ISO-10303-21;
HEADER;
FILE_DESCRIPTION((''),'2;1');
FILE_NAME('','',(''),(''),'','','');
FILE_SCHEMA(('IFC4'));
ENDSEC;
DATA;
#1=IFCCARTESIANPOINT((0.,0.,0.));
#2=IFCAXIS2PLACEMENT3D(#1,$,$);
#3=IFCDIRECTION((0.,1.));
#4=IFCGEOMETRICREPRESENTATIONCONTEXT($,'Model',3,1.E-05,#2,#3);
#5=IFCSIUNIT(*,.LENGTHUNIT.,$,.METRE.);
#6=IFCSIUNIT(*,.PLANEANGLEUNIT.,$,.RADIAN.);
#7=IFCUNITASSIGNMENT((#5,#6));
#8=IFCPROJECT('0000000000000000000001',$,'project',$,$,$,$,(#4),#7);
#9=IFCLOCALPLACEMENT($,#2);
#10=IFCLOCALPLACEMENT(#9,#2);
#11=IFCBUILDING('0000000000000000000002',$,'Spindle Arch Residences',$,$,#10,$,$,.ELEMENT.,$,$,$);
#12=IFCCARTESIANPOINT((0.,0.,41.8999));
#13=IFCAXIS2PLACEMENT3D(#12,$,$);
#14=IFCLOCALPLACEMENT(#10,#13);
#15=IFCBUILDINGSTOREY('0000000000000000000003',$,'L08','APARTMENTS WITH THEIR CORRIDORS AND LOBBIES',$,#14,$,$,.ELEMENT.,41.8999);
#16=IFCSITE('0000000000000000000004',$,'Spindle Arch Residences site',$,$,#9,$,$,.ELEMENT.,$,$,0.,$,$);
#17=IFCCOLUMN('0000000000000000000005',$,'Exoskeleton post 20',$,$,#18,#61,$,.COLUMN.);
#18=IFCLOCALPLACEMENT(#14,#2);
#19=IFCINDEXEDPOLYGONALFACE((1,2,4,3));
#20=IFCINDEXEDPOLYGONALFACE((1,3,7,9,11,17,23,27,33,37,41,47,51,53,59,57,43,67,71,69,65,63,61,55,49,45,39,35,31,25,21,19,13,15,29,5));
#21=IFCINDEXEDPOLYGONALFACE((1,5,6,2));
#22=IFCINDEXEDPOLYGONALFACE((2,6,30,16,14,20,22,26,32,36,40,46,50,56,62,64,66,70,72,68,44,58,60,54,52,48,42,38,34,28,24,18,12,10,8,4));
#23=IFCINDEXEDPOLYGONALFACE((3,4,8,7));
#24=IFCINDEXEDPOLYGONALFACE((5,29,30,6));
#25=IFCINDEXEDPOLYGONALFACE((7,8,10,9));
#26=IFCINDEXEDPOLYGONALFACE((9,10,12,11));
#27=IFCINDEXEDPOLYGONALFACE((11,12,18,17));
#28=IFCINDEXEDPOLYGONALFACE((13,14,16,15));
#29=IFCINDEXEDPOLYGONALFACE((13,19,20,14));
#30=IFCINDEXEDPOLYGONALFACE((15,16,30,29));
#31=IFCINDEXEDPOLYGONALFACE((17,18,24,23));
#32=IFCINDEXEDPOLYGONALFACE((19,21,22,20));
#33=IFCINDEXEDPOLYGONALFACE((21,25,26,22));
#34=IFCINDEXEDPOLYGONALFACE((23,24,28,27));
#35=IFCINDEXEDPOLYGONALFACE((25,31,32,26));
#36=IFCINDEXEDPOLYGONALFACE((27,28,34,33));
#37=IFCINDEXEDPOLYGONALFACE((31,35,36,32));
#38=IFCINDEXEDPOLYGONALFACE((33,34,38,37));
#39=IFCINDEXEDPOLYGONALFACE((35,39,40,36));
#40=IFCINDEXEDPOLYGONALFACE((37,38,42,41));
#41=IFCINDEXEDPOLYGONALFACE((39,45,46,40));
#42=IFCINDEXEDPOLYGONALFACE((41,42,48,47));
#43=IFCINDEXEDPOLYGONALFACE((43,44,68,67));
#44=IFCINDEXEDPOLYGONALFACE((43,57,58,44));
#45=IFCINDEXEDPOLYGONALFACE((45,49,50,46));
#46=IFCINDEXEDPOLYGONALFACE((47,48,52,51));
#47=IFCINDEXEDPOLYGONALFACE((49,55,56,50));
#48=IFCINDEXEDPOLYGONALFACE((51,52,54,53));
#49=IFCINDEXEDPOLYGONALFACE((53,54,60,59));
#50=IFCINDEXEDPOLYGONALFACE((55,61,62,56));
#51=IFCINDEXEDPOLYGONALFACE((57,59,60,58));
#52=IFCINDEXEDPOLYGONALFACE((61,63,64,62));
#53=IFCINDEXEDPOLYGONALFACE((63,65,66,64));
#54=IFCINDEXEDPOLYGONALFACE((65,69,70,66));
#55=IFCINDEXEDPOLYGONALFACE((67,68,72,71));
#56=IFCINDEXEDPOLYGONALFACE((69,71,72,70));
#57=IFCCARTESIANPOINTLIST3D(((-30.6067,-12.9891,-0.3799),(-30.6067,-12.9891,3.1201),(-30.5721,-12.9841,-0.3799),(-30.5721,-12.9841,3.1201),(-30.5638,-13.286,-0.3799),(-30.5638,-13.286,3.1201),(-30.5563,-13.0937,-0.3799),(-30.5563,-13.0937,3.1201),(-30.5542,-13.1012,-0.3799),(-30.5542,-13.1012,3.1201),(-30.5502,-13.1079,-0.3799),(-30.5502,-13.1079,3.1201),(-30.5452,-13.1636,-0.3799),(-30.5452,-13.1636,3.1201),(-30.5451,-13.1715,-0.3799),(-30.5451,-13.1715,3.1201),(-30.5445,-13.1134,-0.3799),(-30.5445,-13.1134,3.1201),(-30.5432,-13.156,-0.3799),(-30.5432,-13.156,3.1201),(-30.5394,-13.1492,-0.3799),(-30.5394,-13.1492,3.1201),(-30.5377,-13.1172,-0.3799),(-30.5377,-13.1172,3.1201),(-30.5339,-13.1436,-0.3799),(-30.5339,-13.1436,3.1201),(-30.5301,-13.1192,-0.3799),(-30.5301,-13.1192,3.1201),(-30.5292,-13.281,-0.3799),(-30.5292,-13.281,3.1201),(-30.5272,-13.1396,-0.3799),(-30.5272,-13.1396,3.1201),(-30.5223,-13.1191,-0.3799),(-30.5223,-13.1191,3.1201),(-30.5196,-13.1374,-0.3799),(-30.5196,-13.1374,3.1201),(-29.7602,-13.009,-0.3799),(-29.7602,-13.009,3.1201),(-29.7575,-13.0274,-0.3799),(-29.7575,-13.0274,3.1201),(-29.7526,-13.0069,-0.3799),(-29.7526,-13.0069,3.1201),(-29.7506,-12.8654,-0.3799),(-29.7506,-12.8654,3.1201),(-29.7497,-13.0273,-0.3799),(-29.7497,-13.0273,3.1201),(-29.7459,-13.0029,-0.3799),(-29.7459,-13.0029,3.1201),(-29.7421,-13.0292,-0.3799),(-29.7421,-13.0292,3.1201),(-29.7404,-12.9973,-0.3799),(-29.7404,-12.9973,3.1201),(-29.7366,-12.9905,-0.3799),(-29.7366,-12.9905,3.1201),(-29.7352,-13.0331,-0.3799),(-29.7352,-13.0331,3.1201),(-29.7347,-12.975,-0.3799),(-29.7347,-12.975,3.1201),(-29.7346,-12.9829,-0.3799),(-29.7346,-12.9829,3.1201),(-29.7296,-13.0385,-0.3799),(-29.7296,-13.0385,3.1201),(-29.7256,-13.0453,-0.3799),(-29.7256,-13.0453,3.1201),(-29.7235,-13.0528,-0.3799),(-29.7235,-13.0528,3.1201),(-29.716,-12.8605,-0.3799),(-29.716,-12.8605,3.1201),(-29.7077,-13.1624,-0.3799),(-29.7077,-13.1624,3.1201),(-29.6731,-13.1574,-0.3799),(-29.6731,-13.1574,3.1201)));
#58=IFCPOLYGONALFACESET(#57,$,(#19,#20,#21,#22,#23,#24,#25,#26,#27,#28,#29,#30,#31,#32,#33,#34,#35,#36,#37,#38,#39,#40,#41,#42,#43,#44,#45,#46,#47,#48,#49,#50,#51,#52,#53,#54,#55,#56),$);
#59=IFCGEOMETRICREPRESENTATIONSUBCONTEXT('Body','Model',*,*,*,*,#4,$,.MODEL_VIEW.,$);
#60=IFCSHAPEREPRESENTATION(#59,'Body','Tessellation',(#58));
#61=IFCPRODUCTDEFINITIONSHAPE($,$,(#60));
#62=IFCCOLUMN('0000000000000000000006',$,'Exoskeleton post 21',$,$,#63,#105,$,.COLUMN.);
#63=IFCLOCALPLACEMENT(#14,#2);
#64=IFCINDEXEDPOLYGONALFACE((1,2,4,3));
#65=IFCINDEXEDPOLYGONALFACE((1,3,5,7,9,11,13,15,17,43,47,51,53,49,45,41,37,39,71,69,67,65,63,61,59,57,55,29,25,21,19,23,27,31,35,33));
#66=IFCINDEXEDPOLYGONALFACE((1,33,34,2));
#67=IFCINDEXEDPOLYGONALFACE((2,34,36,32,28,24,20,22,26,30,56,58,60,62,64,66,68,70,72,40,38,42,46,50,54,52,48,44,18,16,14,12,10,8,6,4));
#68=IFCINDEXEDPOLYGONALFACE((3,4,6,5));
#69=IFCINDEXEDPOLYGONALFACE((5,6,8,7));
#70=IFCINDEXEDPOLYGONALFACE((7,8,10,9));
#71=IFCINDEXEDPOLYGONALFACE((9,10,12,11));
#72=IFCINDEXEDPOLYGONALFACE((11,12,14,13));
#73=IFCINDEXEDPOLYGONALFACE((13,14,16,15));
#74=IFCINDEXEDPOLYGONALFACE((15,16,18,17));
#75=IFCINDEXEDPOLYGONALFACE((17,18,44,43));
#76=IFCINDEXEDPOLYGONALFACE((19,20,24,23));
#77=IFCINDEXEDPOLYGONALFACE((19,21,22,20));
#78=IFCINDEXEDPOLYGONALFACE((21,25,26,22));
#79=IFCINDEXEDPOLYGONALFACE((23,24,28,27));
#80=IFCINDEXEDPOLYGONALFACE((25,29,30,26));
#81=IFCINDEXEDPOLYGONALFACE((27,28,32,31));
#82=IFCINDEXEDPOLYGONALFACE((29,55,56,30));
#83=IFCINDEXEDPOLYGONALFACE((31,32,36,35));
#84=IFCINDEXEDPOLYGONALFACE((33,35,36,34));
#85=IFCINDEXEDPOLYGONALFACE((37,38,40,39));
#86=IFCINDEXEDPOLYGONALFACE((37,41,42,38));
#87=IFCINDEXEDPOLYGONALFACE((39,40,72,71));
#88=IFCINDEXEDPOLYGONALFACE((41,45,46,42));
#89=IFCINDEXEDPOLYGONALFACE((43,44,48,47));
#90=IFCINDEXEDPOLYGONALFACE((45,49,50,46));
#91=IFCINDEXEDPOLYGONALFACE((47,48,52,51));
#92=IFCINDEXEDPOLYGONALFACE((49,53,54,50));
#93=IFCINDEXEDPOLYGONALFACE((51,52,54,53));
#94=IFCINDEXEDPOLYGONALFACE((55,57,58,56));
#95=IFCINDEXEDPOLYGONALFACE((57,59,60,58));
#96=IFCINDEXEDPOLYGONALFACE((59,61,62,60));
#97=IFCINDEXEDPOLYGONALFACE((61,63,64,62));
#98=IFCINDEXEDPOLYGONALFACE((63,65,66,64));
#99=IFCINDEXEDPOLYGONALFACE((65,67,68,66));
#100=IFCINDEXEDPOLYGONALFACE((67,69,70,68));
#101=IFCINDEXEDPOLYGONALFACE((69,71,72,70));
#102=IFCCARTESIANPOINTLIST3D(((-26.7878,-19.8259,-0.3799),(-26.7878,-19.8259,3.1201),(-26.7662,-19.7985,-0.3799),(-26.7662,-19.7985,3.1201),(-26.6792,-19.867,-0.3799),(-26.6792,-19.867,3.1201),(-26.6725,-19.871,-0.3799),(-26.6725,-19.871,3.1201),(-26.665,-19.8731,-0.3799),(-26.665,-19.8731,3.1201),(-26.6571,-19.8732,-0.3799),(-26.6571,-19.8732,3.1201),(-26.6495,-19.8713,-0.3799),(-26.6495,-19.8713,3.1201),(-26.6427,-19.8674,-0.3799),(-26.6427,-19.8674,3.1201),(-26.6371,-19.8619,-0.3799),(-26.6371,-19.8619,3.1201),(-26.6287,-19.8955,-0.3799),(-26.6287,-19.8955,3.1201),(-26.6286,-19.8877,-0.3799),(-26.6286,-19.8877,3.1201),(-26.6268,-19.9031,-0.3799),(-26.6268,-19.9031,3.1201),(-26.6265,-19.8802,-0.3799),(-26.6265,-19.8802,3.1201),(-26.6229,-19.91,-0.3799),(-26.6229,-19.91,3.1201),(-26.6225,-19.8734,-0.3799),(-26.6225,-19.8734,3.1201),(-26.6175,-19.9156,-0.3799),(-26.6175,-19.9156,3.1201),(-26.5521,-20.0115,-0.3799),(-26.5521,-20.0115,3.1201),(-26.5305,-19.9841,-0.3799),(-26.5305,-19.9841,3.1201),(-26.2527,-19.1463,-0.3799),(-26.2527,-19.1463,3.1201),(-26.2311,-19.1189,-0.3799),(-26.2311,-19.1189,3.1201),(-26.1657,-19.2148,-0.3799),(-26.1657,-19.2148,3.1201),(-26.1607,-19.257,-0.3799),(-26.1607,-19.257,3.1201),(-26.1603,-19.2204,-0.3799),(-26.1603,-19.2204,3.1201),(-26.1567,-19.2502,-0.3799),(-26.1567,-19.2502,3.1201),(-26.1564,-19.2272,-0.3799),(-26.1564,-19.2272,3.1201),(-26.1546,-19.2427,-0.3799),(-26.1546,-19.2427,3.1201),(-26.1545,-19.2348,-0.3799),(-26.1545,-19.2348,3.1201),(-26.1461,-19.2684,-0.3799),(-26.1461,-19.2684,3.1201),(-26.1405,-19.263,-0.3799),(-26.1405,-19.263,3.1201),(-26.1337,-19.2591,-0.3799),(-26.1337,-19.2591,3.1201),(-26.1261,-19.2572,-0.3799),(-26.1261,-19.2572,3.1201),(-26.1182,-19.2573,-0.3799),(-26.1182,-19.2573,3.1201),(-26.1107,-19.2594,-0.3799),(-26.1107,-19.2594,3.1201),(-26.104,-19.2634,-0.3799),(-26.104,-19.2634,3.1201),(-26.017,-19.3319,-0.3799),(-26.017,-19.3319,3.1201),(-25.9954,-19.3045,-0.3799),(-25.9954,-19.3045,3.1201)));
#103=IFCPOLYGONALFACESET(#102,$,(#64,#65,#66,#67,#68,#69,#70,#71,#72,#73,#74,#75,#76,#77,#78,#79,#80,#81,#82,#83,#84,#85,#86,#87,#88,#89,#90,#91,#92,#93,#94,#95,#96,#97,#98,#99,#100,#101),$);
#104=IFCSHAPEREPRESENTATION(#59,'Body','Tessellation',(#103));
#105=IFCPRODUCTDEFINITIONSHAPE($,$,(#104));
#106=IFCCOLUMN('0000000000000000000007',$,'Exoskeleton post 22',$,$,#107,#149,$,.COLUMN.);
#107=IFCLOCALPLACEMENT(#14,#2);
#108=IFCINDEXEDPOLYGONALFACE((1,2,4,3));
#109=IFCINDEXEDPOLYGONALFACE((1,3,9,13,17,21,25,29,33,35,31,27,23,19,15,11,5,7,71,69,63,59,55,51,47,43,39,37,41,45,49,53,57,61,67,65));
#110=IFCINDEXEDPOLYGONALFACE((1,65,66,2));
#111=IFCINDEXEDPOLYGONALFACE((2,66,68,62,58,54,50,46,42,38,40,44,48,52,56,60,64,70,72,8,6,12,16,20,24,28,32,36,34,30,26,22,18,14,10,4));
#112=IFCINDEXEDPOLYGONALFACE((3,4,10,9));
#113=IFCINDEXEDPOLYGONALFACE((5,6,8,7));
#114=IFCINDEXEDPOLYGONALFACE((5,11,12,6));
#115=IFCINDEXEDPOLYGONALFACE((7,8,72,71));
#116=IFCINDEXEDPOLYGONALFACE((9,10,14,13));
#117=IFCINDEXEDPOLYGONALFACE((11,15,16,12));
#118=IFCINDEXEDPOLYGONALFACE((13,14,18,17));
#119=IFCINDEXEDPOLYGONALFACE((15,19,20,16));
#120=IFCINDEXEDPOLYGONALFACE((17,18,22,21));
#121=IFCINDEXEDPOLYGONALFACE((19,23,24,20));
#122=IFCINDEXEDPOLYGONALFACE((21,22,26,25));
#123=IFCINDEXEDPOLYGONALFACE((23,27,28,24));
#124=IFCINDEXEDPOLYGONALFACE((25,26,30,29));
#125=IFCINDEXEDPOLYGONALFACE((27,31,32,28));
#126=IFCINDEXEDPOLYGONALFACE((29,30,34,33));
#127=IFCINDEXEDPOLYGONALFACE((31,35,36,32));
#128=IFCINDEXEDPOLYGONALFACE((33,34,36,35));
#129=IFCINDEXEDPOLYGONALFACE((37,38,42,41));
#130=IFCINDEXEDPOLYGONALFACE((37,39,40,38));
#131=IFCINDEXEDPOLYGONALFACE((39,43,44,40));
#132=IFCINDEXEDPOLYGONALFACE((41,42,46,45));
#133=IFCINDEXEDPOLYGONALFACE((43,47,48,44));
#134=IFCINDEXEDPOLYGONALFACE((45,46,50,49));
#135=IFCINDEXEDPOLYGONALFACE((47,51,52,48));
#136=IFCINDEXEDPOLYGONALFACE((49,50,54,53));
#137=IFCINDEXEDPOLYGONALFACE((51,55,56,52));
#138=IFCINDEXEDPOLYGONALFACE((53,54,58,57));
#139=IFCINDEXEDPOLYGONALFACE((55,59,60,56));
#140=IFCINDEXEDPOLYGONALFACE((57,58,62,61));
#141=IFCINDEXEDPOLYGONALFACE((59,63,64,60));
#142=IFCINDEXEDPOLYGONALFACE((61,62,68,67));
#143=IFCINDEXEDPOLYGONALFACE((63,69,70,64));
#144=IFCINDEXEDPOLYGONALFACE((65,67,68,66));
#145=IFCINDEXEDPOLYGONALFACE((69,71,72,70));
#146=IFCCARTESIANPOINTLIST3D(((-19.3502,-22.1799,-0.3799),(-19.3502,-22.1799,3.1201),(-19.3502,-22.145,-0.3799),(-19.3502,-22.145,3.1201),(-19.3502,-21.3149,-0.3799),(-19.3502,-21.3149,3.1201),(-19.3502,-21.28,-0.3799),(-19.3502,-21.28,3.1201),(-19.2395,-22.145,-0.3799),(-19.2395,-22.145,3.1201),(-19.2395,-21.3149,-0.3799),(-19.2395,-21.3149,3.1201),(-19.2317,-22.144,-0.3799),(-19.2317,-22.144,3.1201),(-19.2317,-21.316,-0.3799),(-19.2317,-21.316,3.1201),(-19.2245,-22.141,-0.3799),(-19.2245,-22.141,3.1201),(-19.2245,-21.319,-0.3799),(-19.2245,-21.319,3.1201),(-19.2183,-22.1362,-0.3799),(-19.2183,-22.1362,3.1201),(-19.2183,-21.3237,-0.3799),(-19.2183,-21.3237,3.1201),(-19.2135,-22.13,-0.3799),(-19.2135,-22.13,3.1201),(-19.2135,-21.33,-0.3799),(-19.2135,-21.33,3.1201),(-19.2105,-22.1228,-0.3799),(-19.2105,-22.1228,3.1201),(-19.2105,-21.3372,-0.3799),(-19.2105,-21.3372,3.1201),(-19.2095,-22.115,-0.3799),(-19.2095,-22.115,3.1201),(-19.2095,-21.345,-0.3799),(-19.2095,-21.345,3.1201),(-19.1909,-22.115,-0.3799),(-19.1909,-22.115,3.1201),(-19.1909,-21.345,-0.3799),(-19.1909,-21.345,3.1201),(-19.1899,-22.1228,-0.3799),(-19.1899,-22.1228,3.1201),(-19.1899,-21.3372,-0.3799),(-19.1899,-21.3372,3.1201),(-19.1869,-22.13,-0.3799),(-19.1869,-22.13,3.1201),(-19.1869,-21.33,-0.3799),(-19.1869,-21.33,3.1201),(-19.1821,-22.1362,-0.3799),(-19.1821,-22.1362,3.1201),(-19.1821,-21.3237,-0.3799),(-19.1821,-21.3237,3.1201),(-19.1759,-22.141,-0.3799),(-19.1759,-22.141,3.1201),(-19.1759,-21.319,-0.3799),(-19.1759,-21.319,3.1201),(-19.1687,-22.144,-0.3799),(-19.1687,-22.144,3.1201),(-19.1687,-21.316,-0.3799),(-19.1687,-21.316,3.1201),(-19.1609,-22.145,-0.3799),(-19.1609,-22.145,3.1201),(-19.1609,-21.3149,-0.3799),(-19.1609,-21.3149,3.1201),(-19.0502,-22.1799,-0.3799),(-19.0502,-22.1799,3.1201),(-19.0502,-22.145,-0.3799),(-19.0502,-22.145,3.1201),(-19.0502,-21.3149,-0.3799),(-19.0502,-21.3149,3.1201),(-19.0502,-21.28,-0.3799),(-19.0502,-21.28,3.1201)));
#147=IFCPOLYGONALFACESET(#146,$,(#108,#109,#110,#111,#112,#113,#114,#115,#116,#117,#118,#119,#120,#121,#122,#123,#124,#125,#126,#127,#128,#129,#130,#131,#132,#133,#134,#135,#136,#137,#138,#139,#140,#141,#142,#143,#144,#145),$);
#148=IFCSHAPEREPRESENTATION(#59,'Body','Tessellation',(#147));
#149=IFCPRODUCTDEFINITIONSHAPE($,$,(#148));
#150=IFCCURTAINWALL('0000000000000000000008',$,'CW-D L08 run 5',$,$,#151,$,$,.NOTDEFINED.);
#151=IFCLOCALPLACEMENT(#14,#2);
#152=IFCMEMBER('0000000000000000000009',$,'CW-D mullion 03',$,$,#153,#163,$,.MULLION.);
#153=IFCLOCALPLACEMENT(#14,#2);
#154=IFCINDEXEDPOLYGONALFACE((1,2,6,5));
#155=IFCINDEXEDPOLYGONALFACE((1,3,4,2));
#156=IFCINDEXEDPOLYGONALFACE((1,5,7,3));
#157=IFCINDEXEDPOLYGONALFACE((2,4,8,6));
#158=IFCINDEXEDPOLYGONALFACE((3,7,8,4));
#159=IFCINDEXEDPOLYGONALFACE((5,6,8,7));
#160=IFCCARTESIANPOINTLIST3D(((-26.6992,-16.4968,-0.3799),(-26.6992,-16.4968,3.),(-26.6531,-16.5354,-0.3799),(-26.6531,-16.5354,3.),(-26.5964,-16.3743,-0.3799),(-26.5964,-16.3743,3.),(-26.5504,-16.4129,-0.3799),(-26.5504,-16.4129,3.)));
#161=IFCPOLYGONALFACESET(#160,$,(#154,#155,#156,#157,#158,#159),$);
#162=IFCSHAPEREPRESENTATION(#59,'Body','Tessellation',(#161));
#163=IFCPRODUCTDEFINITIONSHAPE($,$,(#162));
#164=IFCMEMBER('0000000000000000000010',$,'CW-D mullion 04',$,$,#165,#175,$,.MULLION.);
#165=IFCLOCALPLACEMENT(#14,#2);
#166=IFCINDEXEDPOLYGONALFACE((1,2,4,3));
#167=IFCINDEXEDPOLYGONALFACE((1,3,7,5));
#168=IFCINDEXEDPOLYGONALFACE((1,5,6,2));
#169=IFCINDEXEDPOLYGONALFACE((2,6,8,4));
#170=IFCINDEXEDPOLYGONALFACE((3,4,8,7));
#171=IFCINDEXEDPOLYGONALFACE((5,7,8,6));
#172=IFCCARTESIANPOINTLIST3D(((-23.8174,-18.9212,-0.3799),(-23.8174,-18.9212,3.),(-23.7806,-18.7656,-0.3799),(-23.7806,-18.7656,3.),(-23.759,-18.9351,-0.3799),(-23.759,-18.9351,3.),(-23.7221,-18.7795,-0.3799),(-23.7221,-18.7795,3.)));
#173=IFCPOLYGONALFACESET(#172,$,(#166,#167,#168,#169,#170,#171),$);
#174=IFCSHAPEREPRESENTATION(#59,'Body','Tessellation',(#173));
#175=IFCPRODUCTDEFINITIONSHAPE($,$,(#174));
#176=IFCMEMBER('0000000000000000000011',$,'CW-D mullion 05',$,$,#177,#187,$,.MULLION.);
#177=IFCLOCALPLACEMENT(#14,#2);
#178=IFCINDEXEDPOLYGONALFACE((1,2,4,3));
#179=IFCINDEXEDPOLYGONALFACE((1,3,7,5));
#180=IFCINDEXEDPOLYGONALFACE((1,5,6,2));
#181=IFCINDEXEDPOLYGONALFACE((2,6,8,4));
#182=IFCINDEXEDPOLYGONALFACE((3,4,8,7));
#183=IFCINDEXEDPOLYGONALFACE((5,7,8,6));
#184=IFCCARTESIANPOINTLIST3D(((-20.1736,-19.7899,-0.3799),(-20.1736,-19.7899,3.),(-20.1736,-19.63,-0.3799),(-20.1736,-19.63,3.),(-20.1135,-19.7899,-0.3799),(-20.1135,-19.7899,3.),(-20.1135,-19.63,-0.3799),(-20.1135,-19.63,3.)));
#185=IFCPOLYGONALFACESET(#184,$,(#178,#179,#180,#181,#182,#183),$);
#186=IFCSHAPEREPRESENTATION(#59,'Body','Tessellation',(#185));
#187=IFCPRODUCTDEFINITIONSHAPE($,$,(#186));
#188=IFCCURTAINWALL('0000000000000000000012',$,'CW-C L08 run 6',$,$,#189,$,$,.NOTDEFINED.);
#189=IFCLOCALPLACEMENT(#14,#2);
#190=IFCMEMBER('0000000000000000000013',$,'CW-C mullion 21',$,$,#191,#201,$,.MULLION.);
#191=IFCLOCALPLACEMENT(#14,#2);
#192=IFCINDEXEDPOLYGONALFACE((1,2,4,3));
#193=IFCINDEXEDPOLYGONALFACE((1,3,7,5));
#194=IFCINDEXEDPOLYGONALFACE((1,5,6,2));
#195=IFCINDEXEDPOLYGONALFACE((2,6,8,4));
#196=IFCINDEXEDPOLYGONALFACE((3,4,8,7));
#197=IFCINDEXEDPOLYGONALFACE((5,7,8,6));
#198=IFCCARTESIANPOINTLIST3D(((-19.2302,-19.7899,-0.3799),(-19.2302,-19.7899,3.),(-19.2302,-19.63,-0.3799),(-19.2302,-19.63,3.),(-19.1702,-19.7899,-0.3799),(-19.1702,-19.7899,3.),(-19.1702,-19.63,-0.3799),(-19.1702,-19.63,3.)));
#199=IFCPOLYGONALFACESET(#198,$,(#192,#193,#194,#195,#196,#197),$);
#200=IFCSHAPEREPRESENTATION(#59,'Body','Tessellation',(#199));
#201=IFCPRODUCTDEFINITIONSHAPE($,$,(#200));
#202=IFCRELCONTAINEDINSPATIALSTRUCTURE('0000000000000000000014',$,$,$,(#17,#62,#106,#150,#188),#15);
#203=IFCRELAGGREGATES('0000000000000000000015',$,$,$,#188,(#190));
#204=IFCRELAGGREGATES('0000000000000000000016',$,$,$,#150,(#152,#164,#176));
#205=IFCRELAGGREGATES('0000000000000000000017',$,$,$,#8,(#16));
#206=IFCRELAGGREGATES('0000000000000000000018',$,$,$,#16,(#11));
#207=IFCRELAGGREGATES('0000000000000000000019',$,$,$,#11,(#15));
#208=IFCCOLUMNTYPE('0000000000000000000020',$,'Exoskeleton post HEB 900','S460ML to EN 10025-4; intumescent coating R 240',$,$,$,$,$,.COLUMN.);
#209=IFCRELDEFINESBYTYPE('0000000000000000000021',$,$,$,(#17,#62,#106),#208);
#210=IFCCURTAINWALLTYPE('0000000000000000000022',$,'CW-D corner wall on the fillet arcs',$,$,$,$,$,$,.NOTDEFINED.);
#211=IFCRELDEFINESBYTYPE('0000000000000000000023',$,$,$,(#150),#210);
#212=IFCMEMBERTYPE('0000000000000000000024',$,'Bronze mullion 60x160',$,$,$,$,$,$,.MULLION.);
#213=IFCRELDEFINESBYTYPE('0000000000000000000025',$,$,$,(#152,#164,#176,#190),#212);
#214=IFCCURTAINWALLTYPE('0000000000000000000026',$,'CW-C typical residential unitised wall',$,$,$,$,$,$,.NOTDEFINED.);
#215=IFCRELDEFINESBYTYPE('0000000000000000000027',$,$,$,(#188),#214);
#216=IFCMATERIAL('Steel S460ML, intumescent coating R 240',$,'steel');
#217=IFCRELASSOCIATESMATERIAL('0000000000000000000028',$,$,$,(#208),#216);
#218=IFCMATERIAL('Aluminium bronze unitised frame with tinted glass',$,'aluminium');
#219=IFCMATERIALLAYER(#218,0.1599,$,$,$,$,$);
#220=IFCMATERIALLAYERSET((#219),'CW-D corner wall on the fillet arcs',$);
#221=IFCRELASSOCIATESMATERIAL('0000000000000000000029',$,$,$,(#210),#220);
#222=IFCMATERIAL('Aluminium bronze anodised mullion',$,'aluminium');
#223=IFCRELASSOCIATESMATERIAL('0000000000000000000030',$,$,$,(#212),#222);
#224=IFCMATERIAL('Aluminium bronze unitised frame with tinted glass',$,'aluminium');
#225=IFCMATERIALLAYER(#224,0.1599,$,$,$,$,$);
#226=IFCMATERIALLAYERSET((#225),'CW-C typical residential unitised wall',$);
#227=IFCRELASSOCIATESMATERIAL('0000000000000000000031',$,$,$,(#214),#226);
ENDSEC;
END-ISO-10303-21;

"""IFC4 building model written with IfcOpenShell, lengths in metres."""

from ifc_helpers import new_model, si_unit, direction, frame, origin, origin_2d, place, context, subcontext, project, spatial, rectangle, i_section, extrude, material, layer, layer_set, material_profile, profile_set, type_object, element, aggregate, save


model = new_model("IFC4")

# Units and contexts
model_context = context("Model", 3, precision=1e-05, world=origin(), true_north=direction((0.0, 1.0)))
body_context = subcontext(model_context, "Body", "Model", "MODEL_VIEW")
ifc_project = project(units=[si_unit("LENGTHUNIT", "METRE"), si_unit("PLANEANGLEUNIT", "RADIAN")], contexts=[model_context])

# Site, building, storey
site_placement = place(None, origin())
site = spatial("IfcSite", under=ifc_project, at=site_placement, Name="Spindle Arch Residences site", CompositionType="ELEMENT", RefElevation=0.0)
building_placement = place(site_placement, origin())
building = spatial("IfcBuilding", under=site, at=building_placement, Name="Spindle Arch Residences", CompositionType="ELEMENT")
storey_placement = place(building_placement, frame((0.0, 0.0, 41.8999)))
storey = spatial("IfcBuildingStorey", under=building, at=storey_placement, Name="L08", Description="APARTMENTS WITH THEIR CORRIDORS AND LOBBIES", CompositionType="ELEMENT", Elevation=41.8999)

# Columns
ifc_material_1 = material(Name="Steel S460ML, intumescent coating R 240", Category="steel")
ifc_material_profile_1 = material_profile(ifc_material_1, i_section(OverallWidth=0.3, OverallDepth=0.8999, WebThickness=0.0186, FlangeThickness=0.0349, FilletRadius=0.03, at=origin_2d()), Name="HEB 900")
ifc_profile_set_1 = profile_set([ifc_material_profile_1], Name="Steel S460ML, intumescent coating R 240")
column_type = type_object("IfcColumnType", Name="Exoskeleton post HEB 900", Description="S460ML to EN 10025-4; intumescent coating R 240", PredefinedType="COLUMN", material=ifc_profile_set_1)
for number, where, z_axis, x_axis, name in (
    (1, (-30.1399, -13.0732, -0.3799), (0.0, 0.0, 1.0), (-0.142906, 0.989736, 0.0), "Exoskeleton post 20"),
    (2, (-26.3916, -19.5652, -0.3799), (0.0, 0.0, 1.0), (-0.785684, 0.618629, 0.0), "Exoskeleton post 21"),
    (3, (-19.2002, -21.73, -0.3799), (0.0, 0.0, 1.0), (-1.0, 0.0, 0.0), "Exoskeleton post 22"),
):
    element("IfcColumn", number, at=place(storey_placement, frame(where, z_axis=z_axis, x_axis=x_axis)), inside=storey, type_object=column_type, Name=name, PredefinedType="COLUMN", context=body_context, shape_type="SweptSolid", body=[
        extrude(i_section(OverallWidth=0.3, OverallDepth=0.8999, WebThickness=0.0186, FlangeThickness=0.0349, FilletRadius=0.03, at=origin_2d()), origin(), (0.0, 0.0, 1.0), 3.5),
    ])

# Curtain wall, members
ifc_material_2 = material(Name="Aluminium bronze unitised frame with tinted glass", Category="aluminium")
ifc_layer_1 = layer(ifc_material_2, 0.1599)
ifc_layer_set_1 = layer_set([ifc_layer_1], Name="CW-D corner wall on the fillet arcs")
curtain_wall_type_1 = type_object("IfcCurtainWallType", Name="CW-D corner wall on the fillet arcs", PredefinedType="NOTDEFINED", material=ifc_layer_set_1)
curtain_wall_1_placement = place(storey_placement, origin())
curtain_wall_1 = element("IfcCurtainWall", 4, at=curtain_wall_1_placement, inside=storey, type_object=curtain_wall_type_1, Name="CW-D L08 run 5", PredefinedType="NOTDEFINED")
ifc_material_3 = material(Name="Aluminium bronze anodised mullion", Category="aluminium")
ifc_material_profile_2 = material_profile(ifc_material_3, rectangle(XDim=0.1599, YDim=0.0601, at=origin_2d()), Name="MU 60x160")
ifc_profile_set_2 = profile_set([ifc_material_profile_2], Name="Aluminium bronze anodised mullion")
member_type_1 = type_object("IfcMemberType", Name="Bronze mullion 60x160", PredefinedType="MULLION", material=ifc_profile_set_2)
member_1_placement = place(storey_placement, frame((-26.6248, -16.4548, -0.3799), z_axis=(0.0, 0.0, 1.0), x_axis=(0.642788, 0.766044, 0.0)))
member_1 = element("IfcMember", 5, at=member_1_placement, type_object=member_type_1, Name="CW-D mullion 03", PredefinedType="MULLION", context=body_context, shape_type="SweptSolid", body=[
    extrude(rectangle(XDim=0.1599, YDim=0.0601, at=origin_2d()), origin(), (0.0, 0.0, 1.0), 3.3799),
])
member_2_placement = place(storey_placement, frame((-23.7698, -18.8503, -0.3799), z_axis=(0.0, 0.0, 1.0), x_axis=(0.230616, 0.973045, 0.0)))
member_2 = element("IfcMember", 6, at=member_2_placement, type_object=member_type_1, Name="CW-D mullion 04", PredefinedType="MULLION", context=body_context, shape_type="SweptSolid", body=[
    extrude(rectangle(XDim=0.1599, YDim=0.0601, at=origin_2d()), origin(), (0.0, 0.0, 1.0), 3.3799),
])
member_3_placement = place(storey_placement, frame((-20.1436, -19.71, -0.3799), z_axis=(0.0, 0.0, 1.0), x_axis=(0.0, 1.0, 0.0)))
member_3 = element("IfcMember", 7, at=member_3_placement, type_object=member_type_1, Name="CW-D mullion 05", PredefinedType="MULLION", context=body_context, shape_type="SweptSolid", body=[
    extrude(rectangle(XDim=0.1599, YDim=0.0601, at=origin_2d()), origin(), (0.0, 0.0, 1.0), 3.3799),
])

# Curtain wall, member
ifc_material_4 = material(Name="Aluminium bronze unitised frame with tinted glass", Category="aluminium")
ifc_layer_2 = layer(ifc_material_4, 0.1599)
ifc_layer_set_2 = layer_set([ifc_layer_2], Name="CW-C typical residential unitised wall")
curtain_wall_type_2 = type_object("IfcCurtainWallType", Name="CW-C typical residential unitised wall", PredefinedType="NOTDEFINED", material=ifc_layer_set_2)
curtain_wall_2_placement = place(storey_placement, origin())
curtain_wall_2 = element("IfcCurtainWall", 8, at=curtain_wall_2_placement, inside=storey, type_object=curtain_wall_type_2, Name="CW-C L08 run 6", PredefinedType="NOTDEFINED")
member_4_placement = place(storey_placement, frame((-19.2002, -19.71, -0.3799), z_axis=(0.0, 0.0, 1.0), x_axis=(0.0, 1.0, 0.0)))
member_4 = element("IfcMember", 9, at=member_4_placement, type_object=member_type_1, Name="CW-C mullion 21", PredefinedType="MULLION", context=body_context, shape_type="SweptSolid", body=[
    extrude(rectangle(XDim=0.1599, YDim=0.0601, at=origin_2d()), origin(), (0.0, 0.0, 1.0), 3.3799),
])

aggregate(curtain_wall_2, [member_4])

aggregate(curtain_wall_1, [member_1, member_2, member_3])

save(model, "model.ifc")
